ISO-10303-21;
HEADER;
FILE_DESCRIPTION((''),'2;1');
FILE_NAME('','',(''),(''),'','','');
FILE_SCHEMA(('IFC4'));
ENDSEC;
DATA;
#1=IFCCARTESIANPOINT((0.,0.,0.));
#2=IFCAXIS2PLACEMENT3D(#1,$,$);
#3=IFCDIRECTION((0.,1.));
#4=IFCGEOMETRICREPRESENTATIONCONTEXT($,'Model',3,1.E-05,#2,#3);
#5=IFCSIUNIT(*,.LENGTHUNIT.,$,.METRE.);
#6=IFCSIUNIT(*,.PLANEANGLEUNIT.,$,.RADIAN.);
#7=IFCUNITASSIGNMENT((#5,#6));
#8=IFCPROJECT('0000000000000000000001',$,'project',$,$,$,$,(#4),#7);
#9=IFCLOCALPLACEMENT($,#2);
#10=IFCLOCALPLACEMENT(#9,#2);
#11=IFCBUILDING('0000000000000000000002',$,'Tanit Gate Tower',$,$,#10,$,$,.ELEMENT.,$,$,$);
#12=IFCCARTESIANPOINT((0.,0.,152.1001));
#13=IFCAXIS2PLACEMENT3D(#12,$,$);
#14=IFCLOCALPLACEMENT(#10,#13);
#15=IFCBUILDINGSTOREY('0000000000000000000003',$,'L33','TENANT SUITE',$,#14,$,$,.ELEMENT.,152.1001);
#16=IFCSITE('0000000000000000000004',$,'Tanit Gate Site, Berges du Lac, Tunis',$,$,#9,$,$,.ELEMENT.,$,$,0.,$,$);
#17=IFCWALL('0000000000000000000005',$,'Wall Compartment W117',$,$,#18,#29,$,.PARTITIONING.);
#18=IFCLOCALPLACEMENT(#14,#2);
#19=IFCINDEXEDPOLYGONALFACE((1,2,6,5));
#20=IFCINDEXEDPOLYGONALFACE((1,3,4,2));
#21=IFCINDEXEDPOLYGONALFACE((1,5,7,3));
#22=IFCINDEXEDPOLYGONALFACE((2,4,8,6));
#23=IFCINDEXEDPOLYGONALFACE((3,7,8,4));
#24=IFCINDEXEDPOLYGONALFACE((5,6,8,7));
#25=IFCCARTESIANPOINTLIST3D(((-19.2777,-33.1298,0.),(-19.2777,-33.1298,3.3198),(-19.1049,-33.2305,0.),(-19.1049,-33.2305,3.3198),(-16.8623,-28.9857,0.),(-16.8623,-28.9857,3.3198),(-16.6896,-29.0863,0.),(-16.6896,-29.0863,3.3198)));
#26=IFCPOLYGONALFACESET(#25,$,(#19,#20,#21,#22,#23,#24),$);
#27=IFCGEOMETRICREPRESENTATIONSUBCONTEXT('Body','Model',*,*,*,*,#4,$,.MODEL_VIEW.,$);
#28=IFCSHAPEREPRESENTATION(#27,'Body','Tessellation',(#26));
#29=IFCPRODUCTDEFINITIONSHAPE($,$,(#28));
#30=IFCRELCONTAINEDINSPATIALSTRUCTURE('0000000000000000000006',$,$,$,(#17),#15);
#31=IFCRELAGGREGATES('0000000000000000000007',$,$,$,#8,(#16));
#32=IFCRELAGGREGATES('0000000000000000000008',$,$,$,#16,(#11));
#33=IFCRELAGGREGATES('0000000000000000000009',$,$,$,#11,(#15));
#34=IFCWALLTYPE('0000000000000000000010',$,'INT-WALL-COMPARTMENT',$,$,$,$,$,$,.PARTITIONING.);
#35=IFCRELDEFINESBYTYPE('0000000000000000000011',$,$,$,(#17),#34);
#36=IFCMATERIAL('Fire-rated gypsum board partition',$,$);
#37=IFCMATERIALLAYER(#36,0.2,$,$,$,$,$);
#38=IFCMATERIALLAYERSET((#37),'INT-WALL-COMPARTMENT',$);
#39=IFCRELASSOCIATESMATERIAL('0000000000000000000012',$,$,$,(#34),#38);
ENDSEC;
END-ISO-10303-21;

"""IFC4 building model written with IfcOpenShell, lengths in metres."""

from ifc_helpers import new_model, si_unit, direction, frame, frame_2d, origin, place, context, subcontext, project, spatial, rectangle, extrude, material, layer, layer_set, type_object, element, save


model = new_model("IFC4")

# Units and contexts
model_context = context("Model", 3, precision=1e-05, world=origin(), true_north=direction((0.0, 1.0)))
body_context = subcontext(model_context, "Body", "Model", "MODEL_VIEW")
ifc_project = project(units=[si_unit("LENGTHUNIT", "METRE"), si_unit("PLANEANGLEUNIT", "RADIAN")], contexts=[model_context])

# Site, building, storey
site_placement = place(None, origin())
site = spatial("IfcSite", under=ifc_project, at=site_placement, Name="Tanit Gate Site, Berges du Lac, Tunis", CompositionType="ELEMENT", RefElevation=0.0)
building_placement = place(site_placement, origin())
building = spatial("IfcBuilding", under=site, at=building_placement, Name="Tanit Gate Tower", CompositionType="ELEMENT")
storey_placement = place(building_placement, frame((0.0, 0.0, 152.1001)))
storey = spatial("IfcBuildingStorey", under=building, at=storey_placement, Name="L33", Description="TENANT SUITE", CompositionType="ELEMENT", Elevation=152.1001)

# Wall
ifc_material_1 = material(Name="Fire-rated gypsum board partition")
ifc_layer_1 = layer(ifc_material_1, 0.2)
ifc_layer_set_1 = layer_set([ifc_layer_1], Name="INT-WALL-COMPARTMENT")
wall_type_1 = type_object("IfcWallType", Name="INT-WALL-COMPARTMENT", PredefinedType="PARTITIONING", material=ifc_layer_set_1)
wall_1_placement = place(storey_placement, frame((-16.7759, -29.0359, 0.0), z_axis=(0.0, 0.0, 1.0), x_axis=(-0.503548, -0.863967, 0.0)))
element("IfcWall", 1, at=wall_1_placement, inside=storey, type_object=wall_type_1, Name="Wall Compartment W117", PredefinedType="PARTITIONING", context=body_context, shape_type="SweptSolid", body=[
    extrude(rectangle(XDim=4.7966, YDim=0.2, at=frame_2d((2.3984, 0.0))), origin(), (0.0, 0.0, 1.0), 3.3198),
])

save(model, "model.ifc")
